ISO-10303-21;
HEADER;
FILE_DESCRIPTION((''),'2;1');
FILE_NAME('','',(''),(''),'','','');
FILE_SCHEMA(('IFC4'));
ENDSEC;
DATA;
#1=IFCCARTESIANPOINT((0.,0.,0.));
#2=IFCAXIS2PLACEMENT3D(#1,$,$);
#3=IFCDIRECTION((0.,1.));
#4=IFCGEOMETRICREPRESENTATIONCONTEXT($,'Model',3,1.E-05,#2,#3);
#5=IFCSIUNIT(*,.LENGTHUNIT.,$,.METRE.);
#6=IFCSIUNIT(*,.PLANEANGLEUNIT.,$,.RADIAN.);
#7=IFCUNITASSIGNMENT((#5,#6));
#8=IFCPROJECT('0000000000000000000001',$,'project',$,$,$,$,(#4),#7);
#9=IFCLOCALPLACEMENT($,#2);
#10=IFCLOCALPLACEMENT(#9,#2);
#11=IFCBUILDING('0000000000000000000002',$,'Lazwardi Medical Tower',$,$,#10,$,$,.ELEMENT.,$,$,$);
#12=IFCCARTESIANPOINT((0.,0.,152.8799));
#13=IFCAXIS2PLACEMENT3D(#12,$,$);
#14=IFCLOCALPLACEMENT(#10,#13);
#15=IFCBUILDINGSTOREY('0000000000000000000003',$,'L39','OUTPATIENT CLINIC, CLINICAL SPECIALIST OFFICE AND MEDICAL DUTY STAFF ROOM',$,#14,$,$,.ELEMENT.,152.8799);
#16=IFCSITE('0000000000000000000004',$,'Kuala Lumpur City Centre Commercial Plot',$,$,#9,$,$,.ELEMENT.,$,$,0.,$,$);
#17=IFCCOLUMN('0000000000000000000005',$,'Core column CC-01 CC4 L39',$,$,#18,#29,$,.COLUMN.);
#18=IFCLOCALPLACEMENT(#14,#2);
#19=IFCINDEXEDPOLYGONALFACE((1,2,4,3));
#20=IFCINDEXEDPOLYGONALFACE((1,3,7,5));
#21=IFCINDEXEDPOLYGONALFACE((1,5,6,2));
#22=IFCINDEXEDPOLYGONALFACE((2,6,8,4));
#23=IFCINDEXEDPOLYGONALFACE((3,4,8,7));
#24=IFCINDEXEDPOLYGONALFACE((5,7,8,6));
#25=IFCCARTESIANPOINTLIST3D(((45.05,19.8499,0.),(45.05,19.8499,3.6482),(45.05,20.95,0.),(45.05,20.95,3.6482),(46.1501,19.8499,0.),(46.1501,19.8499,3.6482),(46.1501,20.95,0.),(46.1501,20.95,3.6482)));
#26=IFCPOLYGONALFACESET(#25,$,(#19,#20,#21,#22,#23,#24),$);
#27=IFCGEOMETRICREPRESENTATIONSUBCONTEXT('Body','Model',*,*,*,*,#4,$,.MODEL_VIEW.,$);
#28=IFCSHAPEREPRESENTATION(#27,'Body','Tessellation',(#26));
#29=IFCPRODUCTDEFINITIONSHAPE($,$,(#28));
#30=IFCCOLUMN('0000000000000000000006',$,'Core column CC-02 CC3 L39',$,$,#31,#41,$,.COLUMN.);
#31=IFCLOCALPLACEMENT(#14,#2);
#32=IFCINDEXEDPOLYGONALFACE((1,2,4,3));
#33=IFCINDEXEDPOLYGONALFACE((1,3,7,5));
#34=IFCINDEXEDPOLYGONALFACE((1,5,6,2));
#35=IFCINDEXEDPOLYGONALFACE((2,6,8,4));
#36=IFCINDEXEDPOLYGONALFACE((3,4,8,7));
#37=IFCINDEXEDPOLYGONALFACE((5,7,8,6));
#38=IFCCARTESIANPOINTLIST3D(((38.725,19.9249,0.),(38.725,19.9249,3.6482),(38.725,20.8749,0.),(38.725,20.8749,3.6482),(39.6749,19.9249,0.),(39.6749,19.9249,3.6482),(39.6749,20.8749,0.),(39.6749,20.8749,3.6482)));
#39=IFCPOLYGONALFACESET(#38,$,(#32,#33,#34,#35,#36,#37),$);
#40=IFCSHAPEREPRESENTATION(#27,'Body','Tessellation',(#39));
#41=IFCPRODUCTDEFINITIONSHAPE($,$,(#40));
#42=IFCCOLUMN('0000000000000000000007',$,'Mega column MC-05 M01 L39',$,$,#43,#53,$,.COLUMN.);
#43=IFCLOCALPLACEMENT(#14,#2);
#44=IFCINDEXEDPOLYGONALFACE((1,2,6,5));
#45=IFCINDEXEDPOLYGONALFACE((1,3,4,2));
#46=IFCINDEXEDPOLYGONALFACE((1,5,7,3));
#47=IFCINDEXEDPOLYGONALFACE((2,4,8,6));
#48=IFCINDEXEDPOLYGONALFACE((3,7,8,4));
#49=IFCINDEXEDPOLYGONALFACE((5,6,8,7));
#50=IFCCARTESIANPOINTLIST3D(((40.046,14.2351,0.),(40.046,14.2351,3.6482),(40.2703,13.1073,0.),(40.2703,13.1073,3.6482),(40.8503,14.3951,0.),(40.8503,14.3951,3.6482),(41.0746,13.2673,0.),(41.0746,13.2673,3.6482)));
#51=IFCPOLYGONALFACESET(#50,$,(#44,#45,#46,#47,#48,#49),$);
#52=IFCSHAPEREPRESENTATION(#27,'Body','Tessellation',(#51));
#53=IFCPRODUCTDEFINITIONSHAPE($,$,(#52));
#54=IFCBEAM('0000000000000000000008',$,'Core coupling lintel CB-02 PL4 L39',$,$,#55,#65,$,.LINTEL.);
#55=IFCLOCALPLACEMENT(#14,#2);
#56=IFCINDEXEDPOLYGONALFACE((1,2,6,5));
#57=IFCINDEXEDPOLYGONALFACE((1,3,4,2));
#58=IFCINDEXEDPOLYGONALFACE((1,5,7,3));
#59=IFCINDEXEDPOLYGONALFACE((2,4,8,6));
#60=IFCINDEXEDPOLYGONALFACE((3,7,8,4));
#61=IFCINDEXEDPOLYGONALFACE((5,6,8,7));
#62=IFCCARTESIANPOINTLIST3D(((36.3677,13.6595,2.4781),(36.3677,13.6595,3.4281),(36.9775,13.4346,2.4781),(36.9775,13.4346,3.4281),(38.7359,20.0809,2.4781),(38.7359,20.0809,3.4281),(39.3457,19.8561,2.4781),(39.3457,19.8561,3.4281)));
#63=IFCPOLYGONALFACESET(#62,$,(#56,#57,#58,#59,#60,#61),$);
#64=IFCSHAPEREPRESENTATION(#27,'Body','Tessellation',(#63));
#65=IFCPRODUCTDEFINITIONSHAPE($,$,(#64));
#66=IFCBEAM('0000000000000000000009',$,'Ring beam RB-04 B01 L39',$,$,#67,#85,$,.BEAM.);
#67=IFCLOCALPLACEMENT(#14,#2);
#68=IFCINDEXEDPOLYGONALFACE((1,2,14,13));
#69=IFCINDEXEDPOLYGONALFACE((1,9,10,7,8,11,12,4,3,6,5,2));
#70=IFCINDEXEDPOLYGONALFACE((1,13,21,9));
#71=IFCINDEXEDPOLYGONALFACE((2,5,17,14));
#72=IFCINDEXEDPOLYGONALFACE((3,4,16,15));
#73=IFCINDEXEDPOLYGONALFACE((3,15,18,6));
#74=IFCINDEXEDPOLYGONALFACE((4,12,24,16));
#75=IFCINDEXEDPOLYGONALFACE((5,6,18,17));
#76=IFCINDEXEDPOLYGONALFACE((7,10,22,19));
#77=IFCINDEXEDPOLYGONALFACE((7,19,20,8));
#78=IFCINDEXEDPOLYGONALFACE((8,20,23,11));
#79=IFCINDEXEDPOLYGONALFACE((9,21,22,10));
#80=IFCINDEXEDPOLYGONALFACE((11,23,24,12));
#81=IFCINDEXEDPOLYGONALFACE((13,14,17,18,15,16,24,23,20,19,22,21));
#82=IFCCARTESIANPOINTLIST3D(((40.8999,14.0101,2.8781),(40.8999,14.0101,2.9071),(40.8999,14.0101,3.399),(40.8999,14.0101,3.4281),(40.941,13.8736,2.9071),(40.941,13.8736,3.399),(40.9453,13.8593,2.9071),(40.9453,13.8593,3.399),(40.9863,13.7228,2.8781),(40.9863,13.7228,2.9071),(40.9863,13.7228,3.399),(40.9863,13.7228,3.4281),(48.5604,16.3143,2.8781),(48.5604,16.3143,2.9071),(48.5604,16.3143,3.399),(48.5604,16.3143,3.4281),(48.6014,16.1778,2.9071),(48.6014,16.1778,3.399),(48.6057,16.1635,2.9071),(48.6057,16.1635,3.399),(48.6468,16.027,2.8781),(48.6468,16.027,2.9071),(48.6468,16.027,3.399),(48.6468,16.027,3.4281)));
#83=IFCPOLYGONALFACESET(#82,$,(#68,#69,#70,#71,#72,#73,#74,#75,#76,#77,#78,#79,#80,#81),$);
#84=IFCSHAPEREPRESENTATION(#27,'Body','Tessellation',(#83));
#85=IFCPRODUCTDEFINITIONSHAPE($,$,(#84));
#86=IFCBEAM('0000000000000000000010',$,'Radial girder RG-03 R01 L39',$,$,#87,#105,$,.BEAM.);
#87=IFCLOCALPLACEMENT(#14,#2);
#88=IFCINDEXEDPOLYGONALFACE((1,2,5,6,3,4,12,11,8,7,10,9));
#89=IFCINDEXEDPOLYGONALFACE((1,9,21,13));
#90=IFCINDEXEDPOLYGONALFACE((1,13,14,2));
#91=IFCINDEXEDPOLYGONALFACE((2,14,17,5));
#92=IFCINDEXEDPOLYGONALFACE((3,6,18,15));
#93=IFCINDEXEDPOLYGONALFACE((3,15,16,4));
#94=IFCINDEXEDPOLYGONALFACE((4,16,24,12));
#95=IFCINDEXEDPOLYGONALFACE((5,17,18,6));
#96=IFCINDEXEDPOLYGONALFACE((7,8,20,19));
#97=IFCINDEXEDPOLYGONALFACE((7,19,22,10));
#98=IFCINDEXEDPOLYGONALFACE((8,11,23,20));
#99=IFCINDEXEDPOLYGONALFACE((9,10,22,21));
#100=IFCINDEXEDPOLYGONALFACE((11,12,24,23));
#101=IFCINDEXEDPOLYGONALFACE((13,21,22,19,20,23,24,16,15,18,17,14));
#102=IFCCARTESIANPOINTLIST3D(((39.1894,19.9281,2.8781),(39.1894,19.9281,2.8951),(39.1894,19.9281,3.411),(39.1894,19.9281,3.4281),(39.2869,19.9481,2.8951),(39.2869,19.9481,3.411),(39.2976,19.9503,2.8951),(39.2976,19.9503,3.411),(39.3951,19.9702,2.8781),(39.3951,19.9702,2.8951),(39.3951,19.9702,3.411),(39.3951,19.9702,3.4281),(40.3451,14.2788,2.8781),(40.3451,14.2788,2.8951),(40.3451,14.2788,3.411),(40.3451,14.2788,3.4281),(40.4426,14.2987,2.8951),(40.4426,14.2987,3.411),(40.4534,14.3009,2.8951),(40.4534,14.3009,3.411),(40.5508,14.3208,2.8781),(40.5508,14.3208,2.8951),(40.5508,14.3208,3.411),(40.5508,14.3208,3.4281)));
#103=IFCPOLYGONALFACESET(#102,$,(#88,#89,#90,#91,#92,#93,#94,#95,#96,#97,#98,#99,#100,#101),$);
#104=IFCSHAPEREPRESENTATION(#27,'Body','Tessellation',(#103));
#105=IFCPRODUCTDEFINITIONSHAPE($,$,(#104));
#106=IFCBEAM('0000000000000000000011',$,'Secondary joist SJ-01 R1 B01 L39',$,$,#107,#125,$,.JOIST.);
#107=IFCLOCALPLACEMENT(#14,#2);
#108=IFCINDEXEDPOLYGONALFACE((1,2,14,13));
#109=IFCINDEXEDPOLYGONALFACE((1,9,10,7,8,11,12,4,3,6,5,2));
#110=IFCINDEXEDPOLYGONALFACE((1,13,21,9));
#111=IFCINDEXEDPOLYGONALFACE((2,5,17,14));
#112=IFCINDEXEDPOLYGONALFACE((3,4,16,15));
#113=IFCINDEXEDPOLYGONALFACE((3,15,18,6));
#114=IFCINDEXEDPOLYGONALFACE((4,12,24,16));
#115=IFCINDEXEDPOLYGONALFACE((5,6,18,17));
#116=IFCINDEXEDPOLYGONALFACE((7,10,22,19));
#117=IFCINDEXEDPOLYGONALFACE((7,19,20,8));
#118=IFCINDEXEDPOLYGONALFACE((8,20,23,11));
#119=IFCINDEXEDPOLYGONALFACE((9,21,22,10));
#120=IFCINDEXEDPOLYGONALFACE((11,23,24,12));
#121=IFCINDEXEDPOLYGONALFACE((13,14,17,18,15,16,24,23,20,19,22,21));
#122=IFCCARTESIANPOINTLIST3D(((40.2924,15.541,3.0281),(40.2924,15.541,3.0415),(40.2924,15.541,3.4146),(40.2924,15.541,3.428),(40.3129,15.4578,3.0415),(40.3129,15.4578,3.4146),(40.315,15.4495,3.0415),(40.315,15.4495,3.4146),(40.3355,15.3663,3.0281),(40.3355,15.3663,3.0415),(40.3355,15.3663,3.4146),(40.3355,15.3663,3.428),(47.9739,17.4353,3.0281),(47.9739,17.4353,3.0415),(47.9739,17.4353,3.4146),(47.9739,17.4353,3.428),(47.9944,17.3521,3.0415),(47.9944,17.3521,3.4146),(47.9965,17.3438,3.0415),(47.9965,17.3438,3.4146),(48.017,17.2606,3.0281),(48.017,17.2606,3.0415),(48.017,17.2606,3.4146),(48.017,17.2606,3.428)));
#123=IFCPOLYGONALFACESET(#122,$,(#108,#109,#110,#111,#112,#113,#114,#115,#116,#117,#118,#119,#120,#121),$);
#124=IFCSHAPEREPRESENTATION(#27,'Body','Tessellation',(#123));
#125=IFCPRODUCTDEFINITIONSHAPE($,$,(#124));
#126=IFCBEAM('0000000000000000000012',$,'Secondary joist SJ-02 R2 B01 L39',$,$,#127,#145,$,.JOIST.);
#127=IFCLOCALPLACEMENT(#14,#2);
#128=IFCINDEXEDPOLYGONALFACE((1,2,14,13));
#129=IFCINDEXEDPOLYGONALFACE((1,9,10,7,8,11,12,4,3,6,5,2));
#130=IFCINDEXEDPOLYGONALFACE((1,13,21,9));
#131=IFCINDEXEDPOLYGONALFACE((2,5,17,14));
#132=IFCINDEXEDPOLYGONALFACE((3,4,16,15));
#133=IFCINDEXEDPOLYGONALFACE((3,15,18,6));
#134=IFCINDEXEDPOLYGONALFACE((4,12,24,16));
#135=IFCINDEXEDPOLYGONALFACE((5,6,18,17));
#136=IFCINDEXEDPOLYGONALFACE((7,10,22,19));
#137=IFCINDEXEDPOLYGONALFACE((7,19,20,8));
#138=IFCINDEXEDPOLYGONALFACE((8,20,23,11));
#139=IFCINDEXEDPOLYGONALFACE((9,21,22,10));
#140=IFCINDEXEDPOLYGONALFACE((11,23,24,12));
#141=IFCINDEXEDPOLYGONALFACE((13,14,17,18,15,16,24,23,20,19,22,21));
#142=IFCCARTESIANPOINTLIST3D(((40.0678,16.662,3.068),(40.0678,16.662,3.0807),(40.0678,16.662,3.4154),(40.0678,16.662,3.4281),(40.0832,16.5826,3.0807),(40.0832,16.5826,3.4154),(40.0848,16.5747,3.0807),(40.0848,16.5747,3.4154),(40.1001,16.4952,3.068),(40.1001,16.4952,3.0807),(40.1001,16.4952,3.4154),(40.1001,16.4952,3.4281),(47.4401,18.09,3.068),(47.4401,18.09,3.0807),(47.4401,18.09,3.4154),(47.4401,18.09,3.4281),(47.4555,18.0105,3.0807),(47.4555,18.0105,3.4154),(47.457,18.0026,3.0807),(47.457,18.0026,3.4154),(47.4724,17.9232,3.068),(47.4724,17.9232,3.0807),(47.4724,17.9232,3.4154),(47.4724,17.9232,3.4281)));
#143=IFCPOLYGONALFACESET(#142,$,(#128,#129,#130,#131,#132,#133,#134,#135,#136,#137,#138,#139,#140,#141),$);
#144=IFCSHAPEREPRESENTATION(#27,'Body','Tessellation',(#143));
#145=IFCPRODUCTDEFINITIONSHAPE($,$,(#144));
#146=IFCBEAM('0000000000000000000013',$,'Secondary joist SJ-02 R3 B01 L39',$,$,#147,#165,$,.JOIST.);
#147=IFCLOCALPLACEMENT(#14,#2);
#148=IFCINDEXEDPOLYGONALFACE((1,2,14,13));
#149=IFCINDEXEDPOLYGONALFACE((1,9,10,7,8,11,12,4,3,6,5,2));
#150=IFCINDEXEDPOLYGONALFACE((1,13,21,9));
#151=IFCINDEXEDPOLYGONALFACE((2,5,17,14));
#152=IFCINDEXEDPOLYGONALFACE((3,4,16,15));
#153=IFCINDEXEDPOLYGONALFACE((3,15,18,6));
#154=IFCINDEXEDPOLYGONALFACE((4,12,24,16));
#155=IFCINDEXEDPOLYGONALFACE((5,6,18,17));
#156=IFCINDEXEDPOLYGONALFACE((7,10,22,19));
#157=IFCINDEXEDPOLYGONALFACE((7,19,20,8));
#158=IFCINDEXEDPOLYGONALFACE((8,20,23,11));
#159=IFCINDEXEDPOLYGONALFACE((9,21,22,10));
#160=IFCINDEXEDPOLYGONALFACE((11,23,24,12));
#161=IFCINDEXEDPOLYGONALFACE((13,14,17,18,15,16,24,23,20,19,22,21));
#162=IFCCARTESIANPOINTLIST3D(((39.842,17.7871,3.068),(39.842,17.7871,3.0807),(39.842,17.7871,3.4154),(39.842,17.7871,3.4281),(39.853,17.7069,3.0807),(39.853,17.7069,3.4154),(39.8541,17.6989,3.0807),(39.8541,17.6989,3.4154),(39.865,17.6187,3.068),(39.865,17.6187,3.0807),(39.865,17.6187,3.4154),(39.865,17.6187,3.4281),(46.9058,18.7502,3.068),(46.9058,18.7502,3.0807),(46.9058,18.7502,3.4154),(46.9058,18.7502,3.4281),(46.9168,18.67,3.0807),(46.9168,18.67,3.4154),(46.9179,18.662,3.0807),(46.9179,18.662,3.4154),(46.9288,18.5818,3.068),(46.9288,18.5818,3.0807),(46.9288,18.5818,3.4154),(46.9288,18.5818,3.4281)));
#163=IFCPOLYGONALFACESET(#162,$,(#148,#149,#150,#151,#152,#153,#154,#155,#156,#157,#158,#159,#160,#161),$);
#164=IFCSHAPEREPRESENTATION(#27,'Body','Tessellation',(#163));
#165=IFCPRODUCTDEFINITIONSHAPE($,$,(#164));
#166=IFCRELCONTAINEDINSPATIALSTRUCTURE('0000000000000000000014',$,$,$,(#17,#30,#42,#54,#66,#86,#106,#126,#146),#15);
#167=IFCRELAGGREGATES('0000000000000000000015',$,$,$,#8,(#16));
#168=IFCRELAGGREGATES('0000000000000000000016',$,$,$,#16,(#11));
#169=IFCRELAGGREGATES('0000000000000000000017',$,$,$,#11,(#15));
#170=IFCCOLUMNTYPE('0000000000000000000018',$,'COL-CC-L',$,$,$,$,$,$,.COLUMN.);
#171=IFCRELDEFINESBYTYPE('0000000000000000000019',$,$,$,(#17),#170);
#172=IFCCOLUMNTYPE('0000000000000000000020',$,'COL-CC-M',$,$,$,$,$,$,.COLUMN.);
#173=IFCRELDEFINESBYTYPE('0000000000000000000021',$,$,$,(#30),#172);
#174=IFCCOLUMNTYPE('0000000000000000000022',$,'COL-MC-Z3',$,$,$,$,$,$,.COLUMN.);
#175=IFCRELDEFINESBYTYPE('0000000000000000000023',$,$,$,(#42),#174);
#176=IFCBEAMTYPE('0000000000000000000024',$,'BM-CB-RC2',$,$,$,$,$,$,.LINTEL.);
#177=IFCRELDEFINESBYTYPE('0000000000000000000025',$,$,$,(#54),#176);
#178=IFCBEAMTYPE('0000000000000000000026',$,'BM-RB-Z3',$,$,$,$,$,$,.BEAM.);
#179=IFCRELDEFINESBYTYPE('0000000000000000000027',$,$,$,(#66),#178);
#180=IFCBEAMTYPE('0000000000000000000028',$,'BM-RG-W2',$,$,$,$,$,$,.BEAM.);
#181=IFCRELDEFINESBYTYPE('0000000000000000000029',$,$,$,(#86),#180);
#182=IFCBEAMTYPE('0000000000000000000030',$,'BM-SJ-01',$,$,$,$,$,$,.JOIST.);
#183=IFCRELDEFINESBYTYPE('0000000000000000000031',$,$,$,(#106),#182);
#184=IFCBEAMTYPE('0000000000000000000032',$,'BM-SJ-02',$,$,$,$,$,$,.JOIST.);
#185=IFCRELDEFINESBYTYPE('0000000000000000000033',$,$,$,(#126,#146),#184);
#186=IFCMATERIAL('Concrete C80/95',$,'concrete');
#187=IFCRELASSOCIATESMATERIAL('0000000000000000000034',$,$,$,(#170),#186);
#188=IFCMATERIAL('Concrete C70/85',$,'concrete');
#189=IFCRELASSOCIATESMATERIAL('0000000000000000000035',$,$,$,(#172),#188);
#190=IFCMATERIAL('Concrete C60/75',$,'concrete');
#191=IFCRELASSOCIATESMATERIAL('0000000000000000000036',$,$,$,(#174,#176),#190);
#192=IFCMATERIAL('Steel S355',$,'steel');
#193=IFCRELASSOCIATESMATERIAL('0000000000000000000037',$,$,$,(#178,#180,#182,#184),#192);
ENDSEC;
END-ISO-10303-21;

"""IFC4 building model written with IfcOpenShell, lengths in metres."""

from ifc_helpers import new_model, si_unit, direction, frame, origin, origin_2d, place, context, subcontext, project, spatial, rectangle, i_section, extrude, material, material_profile, profile_set, type_object, element, save


model = new_model("IFC4")

# Units and contexts
model_context = context("Model", 3, precision=1e-05, world=origin(), true_north=direction((0.0, 1.0)))
body_context = subcontext(model_context, "Body", "Model", "MODEL_VIEW")
ifc_project = project(units=[si_unit("LENGTHUNIT", "METRE"), si_unit("PLANEANGLEUNIT", "RADIAN")], contexts=[model_context])

# Site, building, storey
site_placement = place(None, origin())
site = spatial("IfcSite", under=ifc_project, at=site_placement, Name="Kuala Lumpur City Centre Commercial Plot", CompositionType="ELEMENT", RefElevation=0.0)
building_placement = place(site_placement, origin())
building = spatial("IfcBuilding", under=site, at=building_placement, Name="Lazwardi Medical Tower", CompositionType="ELEMENT")
storey_placement = place(building_placement, frame((0.0, 0.0, 152.8799)))
storey = spatial("IfcBuildingStorey", under=building, at=storey_placement, Name="L39", Description="OUTPATIENT CLINIC, CLINICAL SPECIALIST OFFICE AND MEDICAL DUTY STAFF ROOM", CompositionType="ELEMENT", Elevation=152.8799)

# Columns
ifc_material_1 = material(Name="Concrete C80/95", Category="concrete")
ifc_material_profile_1 = material_profile(ifc_material_1, rectangle(XDim=1.1001, YDim=1.1001, at=origin_2d()), Name="RC 1100x1100")
ifc_profile_set_1 = profile_set([ifc_material_profile_1], Name="Concrete C80/95")
column_type_1 = type_object("IfcColumnType", Name="COL-CC-L", PredefinedType="COLUMN", material=ifc_profile_set_1)
column_1_placement = place(storey_placement, frame((45.6001, 20.3999, 0.0), z_axis=(0.0, 0.0, 1.0), x_axis=(1.0, 0.0, 0.0)))
element("IfcColumn", 1, at=column_1_placement, inside=storey, type_object=column_type_1, Name="Core column CC-01 CC4 L39", PredefinedType="COLUMN", context=body_context, shape_type="SweptSolid", body=[
    extrude(rectangle(XDim=1.1001, YDim=1.1001, at=origin_2d()), origin(), (0.0, 0.0, 1.0), 3.6482),
])
ifc_material_2 = material(Name="Concrete C70/85", Category="concrete")
ifc_material_profile_2 = material_profile(ifc_material_2, rectangle(XDim=0.95, YDim=0.95, at=origin_2d()), Name="RC 950x950")
ifc_profile_set_2 = profile_set([ifc_material_profile_2], Name="Concrete C70/85")
column_type_2 = type_object("IfcColumnType", Name="COL-CC-M", PredefinedType="COLUMN", material=ifc_profile_set_2)
column_2_placement = place(storey_placement, frame((39.2, 20.3999, 0.0), z_axis=(0.0, 0.0, 1.0), x_axis=(1.0, 0.0, 0.0)))
element("IfcColumn", 2, at=column_2_placement, inside=storey, type_object=column_type_2, Name="Core column CC-02 CC3 L39", PredefinedType="COLUMN", context=body_context, shape_type="SweptSolid", body=[
    extrude(rectangle(XDim=0.95, YDim=0.95, at=origin_2d()), origin(), (0.0, 0.0, 1.0), 3.6482),
])
ifc_material_3 = material(Name="Concrete C60/75", Category="concrete")
ifc_material_profile_3 = material_profile(ifc_material_3, rectangle(XDim=1.1499, YDim=0.8201, at=origin_2d()), Name="CFT-RECT 1150x820")
ifc_profile_set_3 = profile_set([ifc_material_profile_3], Name="Concrete C60/75")
column_type_3 = type_object("IfcColumnType", Name="COL-MC-Z3", PredefinedType="COLUMN", material=ifc_profile_set_3)
column_3_placement = place(storey_placement, frame((40.5603, 13.7512, 0.0), z_axis=(0.0, 0.0, 1.0), x_axis=(0.19509, -0.980785, 0.0)))
element("IfcColumn", 3, at=column_3_placement, inside=storey, type_object=column_type_3, Name="Mega column MC-05 M01 L39", PredefinedType="COLUMN", context=body_context, shape_type="SweptSolid", body=[
    extrude(rectangle(XDim=1.1499, YDim=0.8201, at=origin_2d()), origin(), (0.0, 0.0, 1.0), 3.6482),
])

# Beams
ifc_material_profile_4 = material_profile(ifc_material_3, rectangle(XDim=0.6499, YDim=0.95, at=origin_2d()), Name="RC 650x950")
ifc_profile_set_4 = profile_set([ifc_material_profile_4], Name="Concrete C60/75")
beam_type_1 = type_object("IfcBeamType", Name="BM-CB-RC2", PredefinedType="LINTEL", material=ifc_profile_set_4)
beam_1_placement = place(storey_placement, frame((39.0408, 19.9685, 2.9531), z_axis=(-0.346013, -0.93823, 0.0), x_axis=(0.93823, -0.346013, 0.0)))
element("IfcBeam", 4, at=beam_1_placement, inside=storey, type_object=beam_type_1, Name="Core coupling lintel CB-02 PL4 L39", PredefinedType="LINTEL", context=body_context, shape_type="SweptSolid", body=[
    extrude(rectangle(XDim=0.6499, YDim=0.95, at=origin_2d()), origin(), (0.0, 0.0, 1.0), 6.8442),
])
ifc_material_4 = material(Name="Steel S355", Category="steel")
ifc_material_profile_5 = material_profile(ifc_material_4, i_section(OverallWidth=0.3, OverallDepth=0.55, WebThickness=0.0149, FlangeThickness=0.0291, at=origin_2d()), Name="HEB 550")
ifc_profile_set_5 = profile_set([ifc_material_profile_5], Name="Steel S355")
beam_type_2 = type_object("IfcBeamType", Name="BM-RB-Z3", PredefinedType="BEAM", material=ifc_profile_set_5)
beam_2_placement = place(storey_placement, frame((40.9431, 13.8665, 3.1531), z_axis=(0.957617, 0.288045, 0.0), x_axis=(-0.288045, 0.957617, 0.0)))
element("IfcBeam", 5, at=beam_2_placement, inside=storey, type_object=beam_type_2, Name="Ring beam RB-04 B01 L39", PredefinedType="BEAM", context=body_context, shape_type="SweptSolid", body=[
    extrude(i_section(OverallWidth=0.3, OverallDepth=0.55, WebThickness=0.0149, FlangeThickness=0.0291, at=origin_2d()), origin(), (0.0, 0.0, 1.0), 7.9995),
])
ifc_material_profile_6 = material_profile(ifc_material_4, i_section(OverallWidth=0.21, OverallDepth=0.55, WebThickness=0.011, FlangeThickness=0.0171, at=origin_2d()), Name="IPE 550")
ifc_profile_set_6 = profile_set([ifc_material_profile_6], Name="Steel S355")
beam_type_3 = type_object("IfcBeamType", Name="BM-RG-W2", PredefinedType="BEAM", material=ifc_profile_set_6)
beam_3_placement = place(storey_placement, frame((40.448, 14.2998, 3.1531), z_axis=(-0.200429, 0.979708, 0.0), x_axis=(-0.979708, -0.200429, 0.0)))
element("IfcBeam", 6, at=beam_3_placement, inside=storey, type_object=beam_type_3, Name="Radial girder RG-03 R01 L39", PredefinedType="BEAM", context=body_context, shape_type="SweptSolid", body=[
    extrude(i_section(OverallWidth=0.21, OverallDepth=0.55, WebThickness=0.011, FlangeThickness=0.0171, at=origin_2d()), origin(), (0.0, 0.0, 1.0), 5.7664),
])
ifc_material_profile_7 = material_profile(ifc_material_4, i_section(OverallWidth=0.1799, OverallDepth=0.3999, WebThickness=0.0085, FlangeThickness=0.0134, at=origin_2d()), Name="IPE 400")
ifc_profile_set_7 = profile_set([ifc_material_profile_7], Name="Steel S355")
beam_type_4 = type_object("IfcBeamType", Name="BM-SJ-01", PredefinedType="JOIST", material=ifc_profile_set_7)
beam_4_placement = place(storey_placement, frame((40.314, 15.4536, 3.228), z_axis=(0.970913, 0.239434, 0.0), x_axis=(-0.239434, 0.970913, 0.0)))
element("IfcBeam", 7, at=beam_4_placement, inside=storey, type_object=beam_type_4, Name="Secondary joist SJ-01 R1 B01 L39", PredefinedType="JOIST", context=body_context, shape_type="SweptSolid", body=[
    extrude(i_section(OverallWidth=0.1799, OverallDepth=0.3999, WebThickness=0.0085, FlangeThickness=0.0134, at=origin_2d()), origin(), (0.0, 0.0, 1.0), 7.9116),
])
ifc_material_profile_8 = material_profile(ifc_material_4, i_section(OverallWidth=0.1699, OverallDepth=0.3601, WebThickness=0.0081, FlangeThickness=0.0127, at=origin_2d()), Name="IPE 360")
ifc_profile_set_8 = profile_set([ifc_material_profile_8], Name="Steel S355")
beam_type_5 = type_object("IfcBeamType", Name="BM-SJ-02", PredefinedType="JOIST", material=ifc_profile_set_8)
beam_5_placement = place(storey_placement, frame((40.084, 16.5786, 3.248), z_axis=(0.981753, 0.19016, 0.0), x_axis=(-0.19016, 0.981753, 0.0)))
element("IfcBeam", 8, at=beam_5_placement, inside=storey, type_object=beam_type_5, Name="Secondary joist SJ-02 R2 B01 L39", PredefinedType="JOIST", context=body_context, shape_type="SweptSolid", body=[
    extrude(i_section(OverallWidth=0.1699, OverallDepth=0.3601, WebThickness=0.0081, FlangeThickness=0.0127, at=origin_2d()), origin(), (0.0, 0.0, 1.0), 7.5093),
])
beam_6_placement = place(storey_placement, frame((39.8535, 17.7029, 3.248), z_axis=(0.990832, 0.135099, 0.0), x_axis=(-0.135099, 0.990832, 0.0)))
element("IfcBeam", 9, at=beam_6_placement, inside=storey, type_object=beam_type_5, Name="Secondary joist SJ-02 R3 B01 L39", PredefinedType="JOIST", context=body_context, shape_type="SweptSolid", body=[
    extrude(i_section(OverallWidth=0.1699, OverallDepth=0.3601, WebThickness=0.0081, FlangeThickness=0.0127, at=origin_2d()), origin(), (0.0, 0.0, 1.0), 7.1292),
])

save(model, "model.ifc")
